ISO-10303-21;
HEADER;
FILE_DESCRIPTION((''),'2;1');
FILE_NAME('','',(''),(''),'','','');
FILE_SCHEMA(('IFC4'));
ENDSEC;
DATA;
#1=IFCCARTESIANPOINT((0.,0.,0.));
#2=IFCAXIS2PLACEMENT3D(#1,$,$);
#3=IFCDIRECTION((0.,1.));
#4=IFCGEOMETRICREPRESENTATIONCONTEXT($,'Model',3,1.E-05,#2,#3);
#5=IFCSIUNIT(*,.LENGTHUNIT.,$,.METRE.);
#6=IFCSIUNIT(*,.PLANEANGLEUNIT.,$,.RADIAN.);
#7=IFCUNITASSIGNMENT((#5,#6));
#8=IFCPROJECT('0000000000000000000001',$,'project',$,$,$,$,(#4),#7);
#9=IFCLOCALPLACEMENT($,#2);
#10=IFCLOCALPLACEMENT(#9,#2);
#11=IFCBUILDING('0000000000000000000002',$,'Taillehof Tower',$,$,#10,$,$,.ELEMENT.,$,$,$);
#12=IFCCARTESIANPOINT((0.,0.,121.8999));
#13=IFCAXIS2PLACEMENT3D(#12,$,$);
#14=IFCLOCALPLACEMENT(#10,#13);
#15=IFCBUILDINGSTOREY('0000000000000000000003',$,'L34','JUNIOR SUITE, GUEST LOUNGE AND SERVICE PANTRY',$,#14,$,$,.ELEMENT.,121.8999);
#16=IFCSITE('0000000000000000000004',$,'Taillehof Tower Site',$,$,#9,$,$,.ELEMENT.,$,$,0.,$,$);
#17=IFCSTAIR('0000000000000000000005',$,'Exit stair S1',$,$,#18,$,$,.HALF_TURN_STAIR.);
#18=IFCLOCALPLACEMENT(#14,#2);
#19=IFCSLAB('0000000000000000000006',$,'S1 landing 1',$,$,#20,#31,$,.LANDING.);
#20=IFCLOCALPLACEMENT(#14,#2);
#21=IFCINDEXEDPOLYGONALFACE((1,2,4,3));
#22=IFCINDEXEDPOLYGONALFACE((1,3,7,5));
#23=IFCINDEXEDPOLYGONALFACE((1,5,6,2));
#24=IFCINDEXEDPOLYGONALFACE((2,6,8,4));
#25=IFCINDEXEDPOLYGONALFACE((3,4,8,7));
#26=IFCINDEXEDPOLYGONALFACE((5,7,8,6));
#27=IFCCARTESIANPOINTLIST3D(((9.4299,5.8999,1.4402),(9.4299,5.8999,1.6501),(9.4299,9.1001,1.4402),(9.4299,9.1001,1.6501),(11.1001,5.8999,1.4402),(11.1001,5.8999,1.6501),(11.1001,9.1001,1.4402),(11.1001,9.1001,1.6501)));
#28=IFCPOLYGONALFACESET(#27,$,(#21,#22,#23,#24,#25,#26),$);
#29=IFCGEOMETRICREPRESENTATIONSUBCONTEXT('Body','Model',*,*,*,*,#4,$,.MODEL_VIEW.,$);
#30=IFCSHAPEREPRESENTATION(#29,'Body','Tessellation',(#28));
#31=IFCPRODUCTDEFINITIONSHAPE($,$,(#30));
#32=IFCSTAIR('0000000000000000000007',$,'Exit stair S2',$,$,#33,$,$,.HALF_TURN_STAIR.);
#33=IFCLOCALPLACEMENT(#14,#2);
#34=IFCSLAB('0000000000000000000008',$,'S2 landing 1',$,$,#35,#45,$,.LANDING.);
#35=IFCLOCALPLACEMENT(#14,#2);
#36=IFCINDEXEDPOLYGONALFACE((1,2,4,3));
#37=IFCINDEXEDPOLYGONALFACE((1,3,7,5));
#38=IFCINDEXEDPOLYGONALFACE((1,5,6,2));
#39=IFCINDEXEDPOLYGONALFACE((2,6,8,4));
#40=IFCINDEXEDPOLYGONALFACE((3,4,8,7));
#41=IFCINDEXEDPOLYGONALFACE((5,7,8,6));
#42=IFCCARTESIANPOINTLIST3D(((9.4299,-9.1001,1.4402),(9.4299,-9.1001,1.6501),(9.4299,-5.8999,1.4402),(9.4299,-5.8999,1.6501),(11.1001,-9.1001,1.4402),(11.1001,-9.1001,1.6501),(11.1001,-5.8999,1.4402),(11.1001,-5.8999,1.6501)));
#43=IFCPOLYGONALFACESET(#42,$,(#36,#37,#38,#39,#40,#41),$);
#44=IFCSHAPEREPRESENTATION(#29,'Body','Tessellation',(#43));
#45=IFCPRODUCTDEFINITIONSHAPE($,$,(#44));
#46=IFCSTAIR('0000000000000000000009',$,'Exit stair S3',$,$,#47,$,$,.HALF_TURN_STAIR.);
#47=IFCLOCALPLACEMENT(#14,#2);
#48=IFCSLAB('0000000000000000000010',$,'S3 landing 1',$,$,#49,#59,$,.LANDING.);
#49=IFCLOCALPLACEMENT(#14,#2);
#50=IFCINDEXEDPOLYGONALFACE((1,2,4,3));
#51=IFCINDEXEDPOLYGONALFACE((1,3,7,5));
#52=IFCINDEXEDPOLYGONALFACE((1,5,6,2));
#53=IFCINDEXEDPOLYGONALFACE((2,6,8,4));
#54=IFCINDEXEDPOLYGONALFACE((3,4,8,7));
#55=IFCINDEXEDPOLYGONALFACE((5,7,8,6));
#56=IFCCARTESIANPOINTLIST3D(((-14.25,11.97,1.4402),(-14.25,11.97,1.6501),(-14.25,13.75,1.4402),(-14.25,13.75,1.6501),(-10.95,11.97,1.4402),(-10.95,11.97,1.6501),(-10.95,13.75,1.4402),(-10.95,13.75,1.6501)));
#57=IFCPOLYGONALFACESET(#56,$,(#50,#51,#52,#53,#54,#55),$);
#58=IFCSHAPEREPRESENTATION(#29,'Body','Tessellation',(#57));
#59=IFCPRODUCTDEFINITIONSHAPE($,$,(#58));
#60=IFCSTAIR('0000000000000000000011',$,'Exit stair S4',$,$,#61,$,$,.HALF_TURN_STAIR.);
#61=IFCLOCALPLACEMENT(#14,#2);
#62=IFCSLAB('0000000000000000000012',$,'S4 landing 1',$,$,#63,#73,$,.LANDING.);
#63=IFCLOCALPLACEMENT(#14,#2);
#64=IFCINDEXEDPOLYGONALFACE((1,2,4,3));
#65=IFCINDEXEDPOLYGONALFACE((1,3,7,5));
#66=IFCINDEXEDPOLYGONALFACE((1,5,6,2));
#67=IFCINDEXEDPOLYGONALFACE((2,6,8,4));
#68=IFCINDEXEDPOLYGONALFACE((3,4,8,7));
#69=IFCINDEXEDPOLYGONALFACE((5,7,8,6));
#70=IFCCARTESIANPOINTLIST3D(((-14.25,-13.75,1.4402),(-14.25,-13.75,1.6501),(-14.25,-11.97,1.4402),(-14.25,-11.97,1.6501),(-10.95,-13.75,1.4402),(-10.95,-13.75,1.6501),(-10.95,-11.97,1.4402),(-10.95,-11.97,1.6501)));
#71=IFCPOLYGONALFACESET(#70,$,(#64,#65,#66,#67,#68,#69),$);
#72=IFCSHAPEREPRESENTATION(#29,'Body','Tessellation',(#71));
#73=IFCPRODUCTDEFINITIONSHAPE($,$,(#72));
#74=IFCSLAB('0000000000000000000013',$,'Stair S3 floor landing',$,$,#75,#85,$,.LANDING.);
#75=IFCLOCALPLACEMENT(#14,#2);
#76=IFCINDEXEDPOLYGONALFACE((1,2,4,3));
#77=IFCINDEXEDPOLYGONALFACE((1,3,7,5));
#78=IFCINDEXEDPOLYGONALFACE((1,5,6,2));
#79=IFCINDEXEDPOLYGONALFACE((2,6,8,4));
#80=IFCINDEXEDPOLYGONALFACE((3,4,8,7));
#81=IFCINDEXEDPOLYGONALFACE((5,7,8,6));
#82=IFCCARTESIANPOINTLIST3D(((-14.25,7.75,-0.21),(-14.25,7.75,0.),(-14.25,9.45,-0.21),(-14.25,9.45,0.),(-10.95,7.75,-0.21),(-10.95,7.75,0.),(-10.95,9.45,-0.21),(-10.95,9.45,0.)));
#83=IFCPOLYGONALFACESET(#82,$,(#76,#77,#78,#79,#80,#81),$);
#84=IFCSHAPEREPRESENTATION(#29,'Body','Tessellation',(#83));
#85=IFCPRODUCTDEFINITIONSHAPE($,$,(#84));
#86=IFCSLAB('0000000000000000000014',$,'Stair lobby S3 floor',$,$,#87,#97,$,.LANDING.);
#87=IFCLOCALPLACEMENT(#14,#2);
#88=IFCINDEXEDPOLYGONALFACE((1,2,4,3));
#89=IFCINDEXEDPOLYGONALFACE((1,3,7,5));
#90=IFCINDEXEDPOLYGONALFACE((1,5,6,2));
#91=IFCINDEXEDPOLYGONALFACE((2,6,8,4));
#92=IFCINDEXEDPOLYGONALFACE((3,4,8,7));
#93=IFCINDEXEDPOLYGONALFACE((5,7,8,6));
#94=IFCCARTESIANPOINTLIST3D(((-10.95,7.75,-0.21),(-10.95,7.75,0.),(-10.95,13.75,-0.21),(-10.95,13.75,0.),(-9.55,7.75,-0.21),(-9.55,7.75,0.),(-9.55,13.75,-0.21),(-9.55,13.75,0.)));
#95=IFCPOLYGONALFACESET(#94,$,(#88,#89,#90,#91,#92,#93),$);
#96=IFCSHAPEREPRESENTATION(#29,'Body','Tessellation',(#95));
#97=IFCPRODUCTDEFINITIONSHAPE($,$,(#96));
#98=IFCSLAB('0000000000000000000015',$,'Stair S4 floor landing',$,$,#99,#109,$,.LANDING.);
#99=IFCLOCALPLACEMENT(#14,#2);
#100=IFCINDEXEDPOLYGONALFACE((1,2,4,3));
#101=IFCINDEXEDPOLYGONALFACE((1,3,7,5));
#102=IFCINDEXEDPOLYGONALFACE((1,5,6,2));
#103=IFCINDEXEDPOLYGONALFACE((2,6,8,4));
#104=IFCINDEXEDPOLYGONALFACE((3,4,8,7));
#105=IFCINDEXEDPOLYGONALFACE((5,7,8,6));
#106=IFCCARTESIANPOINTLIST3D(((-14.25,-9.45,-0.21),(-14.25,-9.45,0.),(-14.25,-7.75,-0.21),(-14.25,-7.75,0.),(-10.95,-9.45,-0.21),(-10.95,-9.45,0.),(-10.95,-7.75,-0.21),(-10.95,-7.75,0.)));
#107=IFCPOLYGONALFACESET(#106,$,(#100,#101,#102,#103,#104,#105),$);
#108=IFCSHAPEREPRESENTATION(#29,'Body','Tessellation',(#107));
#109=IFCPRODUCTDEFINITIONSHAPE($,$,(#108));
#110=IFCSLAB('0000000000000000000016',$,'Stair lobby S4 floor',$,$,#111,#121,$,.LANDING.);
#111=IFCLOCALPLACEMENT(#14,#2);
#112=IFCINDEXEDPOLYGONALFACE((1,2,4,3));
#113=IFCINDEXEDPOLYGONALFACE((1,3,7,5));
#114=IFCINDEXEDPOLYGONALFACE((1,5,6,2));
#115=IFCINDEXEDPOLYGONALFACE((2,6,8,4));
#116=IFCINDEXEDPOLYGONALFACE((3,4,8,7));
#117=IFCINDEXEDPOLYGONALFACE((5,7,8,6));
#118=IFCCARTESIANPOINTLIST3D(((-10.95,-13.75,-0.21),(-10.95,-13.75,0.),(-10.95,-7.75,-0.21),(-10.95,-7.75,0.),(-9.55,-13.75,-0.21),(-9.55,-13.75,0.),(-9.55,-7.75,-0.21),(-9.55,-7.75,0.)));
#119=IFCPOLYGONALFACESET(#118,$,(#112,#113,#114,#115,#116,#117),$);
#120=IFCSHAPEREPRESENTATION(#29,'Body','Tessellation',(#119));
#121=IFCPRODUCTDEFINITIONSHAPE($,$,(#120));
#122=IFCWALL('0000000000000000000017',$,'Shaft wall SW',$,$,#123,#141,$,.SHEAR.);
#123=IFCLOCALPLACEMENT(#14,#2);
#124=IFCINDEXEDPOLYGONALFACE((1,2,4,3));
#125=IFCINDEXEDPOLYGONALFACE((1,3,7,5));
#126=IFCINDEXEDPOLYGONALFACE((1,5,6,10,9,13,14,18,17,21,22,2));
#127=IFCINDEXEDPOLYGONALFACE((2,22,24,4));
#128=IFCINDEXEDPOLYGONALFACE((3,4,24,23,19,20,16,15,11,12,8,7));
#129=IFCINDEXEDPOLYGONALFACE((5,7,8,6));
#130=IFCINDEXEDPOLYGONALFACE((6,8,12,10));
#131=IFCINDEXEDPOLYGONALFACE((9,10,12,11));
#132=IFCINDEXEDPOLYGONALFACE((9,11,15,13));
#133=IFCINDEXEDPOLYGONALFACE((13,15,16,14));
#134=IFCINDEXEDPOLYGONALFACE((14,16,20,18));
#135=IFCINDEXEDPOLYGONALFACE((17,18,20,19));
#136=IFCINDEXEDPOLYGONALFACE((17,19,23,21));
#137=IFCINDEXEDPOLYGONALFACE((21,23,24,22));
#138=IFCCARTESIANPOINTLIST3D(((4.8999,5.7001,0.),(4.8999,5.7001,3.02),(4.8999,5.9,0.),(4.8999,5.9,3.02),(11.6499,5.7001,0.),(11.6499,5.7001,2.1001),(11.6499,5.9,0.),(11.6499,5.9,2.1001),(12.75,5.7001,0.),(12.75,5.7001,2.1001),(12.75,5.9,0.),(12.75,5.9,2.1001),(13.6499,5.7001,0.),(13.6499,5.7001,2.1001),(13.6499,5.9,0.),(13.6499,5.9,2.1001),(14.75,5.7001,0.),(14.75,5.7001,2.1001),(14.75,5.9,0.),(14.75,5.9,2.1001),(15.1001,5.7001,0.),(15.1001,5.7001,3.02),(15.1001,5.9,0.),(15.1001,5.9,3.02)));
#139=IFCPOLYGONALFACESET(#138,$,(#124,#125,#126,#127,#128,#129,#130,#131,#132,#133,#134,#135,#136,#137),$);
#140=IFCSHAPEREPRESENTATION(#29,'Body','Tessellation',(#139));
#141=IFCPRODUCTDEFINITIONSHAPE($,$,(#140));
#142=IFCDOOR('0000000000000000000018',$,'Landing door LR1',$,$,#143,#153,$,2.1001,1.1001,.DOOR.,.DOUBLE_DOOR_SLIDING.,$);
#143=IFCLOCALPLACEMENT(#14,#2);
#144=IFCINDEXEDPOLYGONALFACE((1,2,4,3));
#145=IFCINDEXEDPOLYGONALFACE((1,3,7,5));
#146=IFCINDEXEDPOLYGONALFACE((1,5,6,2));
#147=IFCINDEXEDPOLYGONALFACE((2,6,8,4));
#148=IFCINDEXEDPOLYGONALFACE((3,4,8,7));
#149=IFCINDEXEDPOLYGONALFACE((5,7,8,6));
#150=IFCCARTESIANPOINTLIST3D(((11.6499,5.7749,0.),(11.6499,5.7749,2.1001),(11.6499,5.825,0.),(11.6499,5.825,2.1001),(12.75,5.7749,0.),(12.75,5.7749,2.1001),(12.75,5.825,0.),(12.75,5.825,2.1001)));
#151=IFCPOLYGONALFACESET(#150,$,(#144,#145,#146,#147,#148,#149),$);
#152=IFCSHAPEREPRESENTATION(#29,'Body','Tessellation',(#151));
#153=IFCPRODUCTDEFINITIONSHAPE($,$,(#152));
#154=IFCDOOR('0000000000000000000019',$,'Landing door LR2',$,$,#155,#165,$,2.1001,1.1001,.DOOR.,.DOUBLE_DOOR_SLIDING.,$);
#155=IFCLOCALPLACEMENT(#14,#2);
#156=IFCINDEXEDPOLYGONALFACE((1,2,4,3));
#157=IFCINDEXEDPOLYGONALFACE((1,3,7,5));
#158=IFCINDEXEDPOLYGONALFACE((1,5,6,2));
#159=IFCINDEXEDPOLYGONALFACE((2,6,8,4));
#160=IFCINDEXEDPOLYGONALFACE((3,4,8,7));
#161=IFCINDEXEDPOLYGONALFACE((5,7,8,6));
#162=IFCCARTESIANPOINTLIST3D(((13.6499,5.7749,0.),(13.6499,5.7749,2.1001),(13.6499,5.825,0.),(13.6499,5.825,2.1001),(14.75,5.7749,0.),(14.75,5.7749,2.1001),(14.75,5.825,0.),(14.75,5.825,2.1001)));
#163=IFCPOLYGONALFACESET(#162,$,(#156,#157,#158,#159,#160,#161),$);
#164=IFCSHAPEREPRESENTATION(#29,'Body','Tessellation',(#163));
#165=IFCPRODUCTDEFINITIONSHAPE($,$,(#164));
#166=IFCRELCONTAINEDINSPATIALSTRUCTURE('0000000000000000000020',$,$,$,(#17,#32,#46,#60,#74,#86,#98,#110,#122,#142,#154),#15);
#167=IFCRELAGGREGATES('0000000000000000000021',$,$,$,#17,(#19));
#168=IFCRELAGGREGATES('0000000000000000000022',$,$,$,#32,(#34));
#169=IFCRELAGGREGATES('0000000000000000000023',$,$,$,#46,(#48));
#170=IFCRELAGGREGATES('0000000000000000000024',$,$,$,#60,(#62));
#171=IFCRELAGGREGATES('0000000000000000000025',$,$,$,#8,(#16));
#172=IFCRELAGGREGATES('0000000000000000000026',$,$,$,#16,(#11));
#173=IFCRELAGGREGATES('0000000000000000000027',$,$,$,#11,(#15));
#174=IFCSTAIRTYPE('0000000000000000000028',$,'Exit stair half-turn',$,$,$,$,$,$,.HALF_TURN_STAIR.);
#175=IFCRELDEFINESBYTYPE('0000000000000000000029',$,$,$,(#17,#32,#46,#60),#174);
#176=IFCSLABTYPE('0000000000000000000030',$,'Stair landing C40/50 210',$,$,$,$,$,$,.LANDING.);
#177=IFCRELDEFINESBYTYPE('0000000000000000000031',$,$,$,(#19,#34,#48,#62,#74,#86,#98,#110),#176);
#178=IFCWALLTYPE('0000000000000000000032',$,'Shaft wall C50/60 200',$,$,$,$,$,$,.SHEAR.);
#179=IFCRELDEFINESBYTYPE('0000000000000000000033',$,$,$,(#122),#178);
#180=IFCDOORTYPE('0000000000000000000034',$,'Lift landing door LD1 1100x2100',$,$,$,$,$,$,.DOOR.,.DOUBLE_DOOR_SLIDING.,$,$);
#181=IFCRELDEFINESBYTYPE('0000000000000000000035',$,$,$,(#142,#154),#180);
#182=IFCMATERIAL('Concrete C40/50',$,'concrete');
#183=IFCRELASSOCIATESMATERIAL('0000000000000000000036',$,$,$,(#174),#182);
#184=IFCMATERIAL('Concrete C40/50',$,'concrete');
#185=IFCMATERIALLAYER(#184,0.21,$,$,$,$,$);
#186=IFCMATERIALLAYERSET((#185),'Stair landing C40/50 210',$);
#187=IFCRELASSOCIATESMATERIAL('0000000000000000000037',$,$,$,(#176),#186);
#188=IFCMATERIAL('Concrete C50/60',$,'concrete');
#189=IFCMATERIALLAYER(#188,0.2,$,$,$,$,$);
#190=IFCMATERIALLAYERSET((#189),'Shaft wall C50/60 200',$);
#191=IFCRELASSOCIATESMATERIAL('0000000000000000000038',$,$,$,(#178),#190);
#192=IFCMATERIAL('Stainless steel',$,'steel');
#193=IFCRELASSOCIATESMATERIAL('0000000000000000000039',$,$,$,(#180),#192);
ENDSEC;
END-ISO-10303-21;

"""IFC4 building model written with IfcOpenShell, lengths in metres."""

from ifc_helpers import new_model, si_unit, direction, frame, frame_2d, origin, place, context, subcontext, project, spatial, polyline, rectangle, outline, extrude, material, layer, layer_set, type_object, element, fill, aggregate, save


model = new_model("IFC4")

# Units and contexts
model_context = context("Model", 3, precision=1e-05, world=origin(), true_north=direction((0.0, 1.0)))
body_context = subcontext(model_context, "Body", "Model", "MODEL_VIEW")
ifc_project = project(units=[si_unit("LENGTHUNIT", "METRE"), si_unit("PLANEANGLEUNIT", "RADIAN")], contexts=[model_context])

# Site, building, storey
site_placement = place(None, origin())
site = spatial("IfcSite", under=ifc_project, at=site_placement, Name="Taillehof Tower Site", CompositionType="ELEMENT", RefElevation=0.0)
building_placement = place(site_placement, origin())
building = spatial("IfcBuilding", under=site, at=building_placement, Name="Taillehof Tower", CompositionType="ELEMENT")
storey_placement = place(building_placement, frame((0.0, 0.0, 121.8999)))
storey = spatial("IfcBuildingStorey", under=building, at=storey_placement, Name="L34", Description="JUNIOR SUITE, GUEST LOUNGE AND SERVICE PANTRY", CompositionType="ELEMENT", Elevation=121.8999)

# Stairs, slabs
ifc_material_1 = material(Name="Concrete C40/50", Category="concrete")
stair_type = type_object("IfcStairType", Name="Exit stair half-turn", PredefinedType="HALF_TURN_STAIR", material=ifc_material_1)
stair_1_placement = place(storey_placement, origin())
stair_1 = element("IfcStair", 1, at=stair_1_placement, inside=storey, type_object=stair_type, Name="Exit stair S1", PredefinedType="HALF_TURN_STAIR")
ifc_material_2 = material(Name="Concrete C40/50", Category="concrete")
ifc_layer_1 = layer(ifc_material_2, 0.21)
ifc_layer_set_1 = layer_set([ifc_layer_1], Name="Stair landing C40/50 210")
slab_type_1 = type_object("IfcSlabType", Name="Stair landing C40/50 210", PredefinedType="LANDING", material=ifc_layer_set_1)
slab_1_placement = place(storey_placement, frame((0.0, 0.0, 1.4402)))
slab_1 = element("IfcSlab", 2, at=slab_1_placement, type_object=slab_type_1, Name="S1 landing 1", PredefinedType="LANDING", context=body_context, shape_type="SweptSolid", body=[
    extrude(outline(polyline([(9.4299, 5.8999), (11.1001, 5.8999), (11.1001, 9.1001), (9.4299, 9.1001), (9.4299, 5.8999)])), origin(), (0.0, 0.0, 1.0), 0.21),
])
aggregate(stair_1, [slab_1])
stair_2_placement = place(storey_placement, origin())
stair_2 = element("IfcStair", 3, at=stair_2_placement, inside=storey, type_object=stair_type, Name="Exit stair S2", PredefinedType="HALF_TURN_STAIR")
slab_2_placement = place(storey_placement, frame((0.0, 0.0, 1.4402)))
slab_2 = element("IfcSlab", 4, at=slab_2_placement, type_object=slab_type_1, Name="S2 landing 1", PredefinedType="LANDING", context=body_context, shape_type="SweptSolid", body=[
    extrude(outline(polyline([(9.4299, -5.8999), (11.1001, -5.8999), (11.1001, -9.1001), (9.4299, -9.1001), (9.4299, -5.8999)])), origin(), (0.0, 0.0, 1.0), 0.21),
])
aggregate(stair_2, [slab_2])
stair_3_placement = place(storey_placement, origin())
stair_3 = element("IfcStair", 5, at=stair_3_placement, inside=storey, type_object=stair_type, Name="Exit stair S3", PredefinedType="HALF_TURN_STAIR")
slab_3_placement = place(storey_placement, frame((0.0, 0.0, 1.4402)))
slab_3 = element("IfcSlab", 6, at=slab_3_placement, type_object=slab_type_1, Name="S3 landing 1", PredefinedType="LANDING", context=body_context, shape_type="SweptSolid", body=[
    extrude(outline(polyline([(-14.25, 11.97), (-14.25, 13.75), (-10.95, 13.75), (-10.95, 11.97), (-14.25, 11.97)])), origin(), (0.0, 0.0, 1.0), 0.21),
])
aggregate(stair_3, [slab_3])
stair_4_placement = place(storey_placement, origin())
stair_4 = element("IfcStair", 7, at=stair_4_placement, inside=storey, type_object=stair_type, Name="Exit stair S4", PredefinedType="HALF_TURN_STAIR")
slab_4_placement = place(storey_placement, frame((0.0, 0.0, 1.4402)))
slab_4 = element("IfcSlab", 8, at=slab_4_placement, type_object=slab_type_1, Name="S4 landing 1", PredefinedType="LANDING", context=body_context, shape_type="SweptSolid", body=[
    extrude(outline(polyline([(-14.25, -11.97), (-14.25, -13.75), (-10.95, -13.75), (-10.95, -11.97), (-14.25, -11.97)])), origin(), (0.0, 0.0, 1.0), 0.21),
])
aggregate(stair_4, [slab_4])

# Slabs
slab_5_placement = place(storey_placement, frame((0.0, 0.0, -0.21)))
element("IfcSlab", 9, at=slab_5_placement, inside=storey, type_object=slab_type_1, Name="Stair S3 floor landing", PredefinedType="LANDING", context=body_context, shape_type="SweptSolid", body=[
    extrude(outline(polyline([(-14.25, 7.75), (-14.25, 9.45), (-10.95, 9.45), (-10.95, 7.75), (-14.25, 7.75)])), origin(), (0.0, 0.0, 1.0), 0.21),
])
slab_6_placement = place(storey_placement, frame((0.0, 0.0, -0.21)))
element("IfcSlab", 10, at=slab_6_placement, inside=storey, type_object=slab_type_1, Name="Stair lobby S3 floor", PredefinedType="LANDING", context=body_context, shape_type="SweptSolid", body=[
    extrude(outline(polyline([(-10.95, 7.75), (-9.55, 7.75), (-9.55, 13.75), (-10.95, 13.75), (-10.95, 7.75)])), origin(), (0.0, 0.0, 1.0), 0.21),
])
slab_7_placement = place(storey_placement, frame((0.0, 0.0, -0.21)))
element("IfcSlab", 11, at=slab_7_placement, inside=storey, type_object=slab_type_1, Name="Stair S4 floor landing", PredefinedType="LANDING", context=body_context, shape_type="SweptSolid", body=[
    extrude(outline(polyline([(-14.25, -7.75), (-14.25, -9.45), (-10.95, -9.45), (-10.95, -7.75), (-14.25, -7.75)])), origin(), (0.0, 0.0, 1.0), 0.21),
])
slab_8_placement = place(storey_placement, frame((0.0, 0.0, -0.21)))
element("IfcSlab", 12, at=slab_8_placement, inside=storey, type_object=slab_type_1, Name="Stair lobby S4 floor", PredefinedType="LANDING", context=body_context, shape_type="SweptSolid", body=[
    extrude(outline(polyline([(-10.95, -13.75), (-9.55, -13.75), (-9.55, -7.75), (-10.95, -7.75), (-10.95, -13.75)])), origin(), (0.0, 0.0, 1.0), 0.21),
])

# Wall, openings, doors
ifc_material_3 = material(Name="Concrete C50/60", Category="concrete")
ifc_layer_2 = layer(ifc_material_3, 0.2)
ifc_layer_set_2 = layer_set([ifc_layer_2], Name="Shaft wall C50/60 200")
wall_type_1 = type_object("IfcWallType", Name="Shaft wall C50/60 200", PredefinedType="SHEAR", material=ifc_layer_set_2)
wall_1_placement = place(storey_placement, frame((4.8999, 5.8, 0.0), z_axis=(0.0, 0.0, 1.0), x_axis=(1.0, 0.0, 0.0)))
wall_1 = element("IfcWall", 13, at=wall_1_placement, inside=storey, type_object=wall_type_1, Name="Shaft wall SW", PredefinedType="SHEAR", context=body_context, shape_type="SweptSolid", body=[
    extrude(rectangle(XDim=10.2002, YDim=0.2, at=frame_2d((5.1001, 0.0))), origin(), (0.0, 0.0, 1.0), 3.02),
])
opening_1_placement = place(wall_1_placement, frame((6.75, 0.0, 0.0)))
opening_1 = element("IfcOpeningElement", 14, at=opening_1_placement, cuts=wall_1, PredefinedType="OPENING", context=body_context, shape_type="SweptSolid", body=[
    extrude(rectangle(XDim=1.1001, YDim=2.1001, at=frame_2d((0.55, 1.05))), frame((0.0, 0.1099, 0.0), z_axis=(0.0, -1.0, 0.0), x_axis=(1.0, 0.0, 0.0)), (0.0, 0.0, 1.0), 0.22),
])
opening_2_placement = place(wall_1_placement, frame((8.75, 0.0, 0.0)))
opening_2 = element("IfcOpeningElement", 15, at=opening_2_placement, cuts=wall_1, PredefinedType="OPENING", context=body_context, shape_type="SweptSolid", body=[
    extrude(rectangle(XDim=1.1001, YDim=2.1001, at=frame_2d((0.55, 1.05))), frame((0.0, 0.1099, 0.0), z_axis=(0.0, -1.0, 0.0), x_axis=(1.0, 0.0, 0.0)), (0.0, 0.0, 1.0), 0.22),
])
ifc_material_4 = material(Name="Stainless steel", Category="steel")
door_type_1 = type_object("IfcDoorType", Name="Lift landing door LD1 1100x2100", OperationType="DOUBLE_DOOR_SLIDING", PredefinedType="DOOR", material=ifc_material_4)
door_1_placement = place(opening_1_placement, origin())
door_1 = element("IfcDoor", 16, at=door_1_placement, inside=storey, type_object=door_type_1, Name="Landing door LR1", OperationType="DOUBLE_DOOR_SLIDING", OverallHeight=2.1001, OverallWidth=1.1001, PredefinedType="DOOR", context=body_context, shape_type="SweptSolid", body=[
    extrude(rectangle(XDim=1.1001, YDim=2.1001, at=frame_2d((0.55, 1.05))), frame((0.0, 0.0249, 0.0), z_axis=(0.0, -1.0, 0.0), x_axis=(1.0, 0.0, 0.0)), (0.0, 0.0, 1.0), 0.05),
])
fill(opening_1, door_1)
door_2_placement = place(opening_2_placement, origin())
door_2 = element("IfcDoor", 17, at=door_2_placement, inside=storey, type_object=door_type_1, Name="Landing door LR2", OperationType="DOUBLE_DOOR_SLIDING", OverallHeight=2.1001, OverallWidth=1.1001, PredefinedType="DOOR", context=body_context, shape_type="SweptSolid", body=[
    extrude(rectangle(XDim=1.1001, YDim=2.1001, at=frame_2d((0.55, 1.05))), frame((0.0, 0.0249, 0.0), z_axis=(0.0, -1.0, 0.0), x_axis=(1.0, 0.0, 0.0)), (0.0, 0.0, 1.0), 0.05),
])
fill(opening_2, door_2)

save(model, "model.ifc")
